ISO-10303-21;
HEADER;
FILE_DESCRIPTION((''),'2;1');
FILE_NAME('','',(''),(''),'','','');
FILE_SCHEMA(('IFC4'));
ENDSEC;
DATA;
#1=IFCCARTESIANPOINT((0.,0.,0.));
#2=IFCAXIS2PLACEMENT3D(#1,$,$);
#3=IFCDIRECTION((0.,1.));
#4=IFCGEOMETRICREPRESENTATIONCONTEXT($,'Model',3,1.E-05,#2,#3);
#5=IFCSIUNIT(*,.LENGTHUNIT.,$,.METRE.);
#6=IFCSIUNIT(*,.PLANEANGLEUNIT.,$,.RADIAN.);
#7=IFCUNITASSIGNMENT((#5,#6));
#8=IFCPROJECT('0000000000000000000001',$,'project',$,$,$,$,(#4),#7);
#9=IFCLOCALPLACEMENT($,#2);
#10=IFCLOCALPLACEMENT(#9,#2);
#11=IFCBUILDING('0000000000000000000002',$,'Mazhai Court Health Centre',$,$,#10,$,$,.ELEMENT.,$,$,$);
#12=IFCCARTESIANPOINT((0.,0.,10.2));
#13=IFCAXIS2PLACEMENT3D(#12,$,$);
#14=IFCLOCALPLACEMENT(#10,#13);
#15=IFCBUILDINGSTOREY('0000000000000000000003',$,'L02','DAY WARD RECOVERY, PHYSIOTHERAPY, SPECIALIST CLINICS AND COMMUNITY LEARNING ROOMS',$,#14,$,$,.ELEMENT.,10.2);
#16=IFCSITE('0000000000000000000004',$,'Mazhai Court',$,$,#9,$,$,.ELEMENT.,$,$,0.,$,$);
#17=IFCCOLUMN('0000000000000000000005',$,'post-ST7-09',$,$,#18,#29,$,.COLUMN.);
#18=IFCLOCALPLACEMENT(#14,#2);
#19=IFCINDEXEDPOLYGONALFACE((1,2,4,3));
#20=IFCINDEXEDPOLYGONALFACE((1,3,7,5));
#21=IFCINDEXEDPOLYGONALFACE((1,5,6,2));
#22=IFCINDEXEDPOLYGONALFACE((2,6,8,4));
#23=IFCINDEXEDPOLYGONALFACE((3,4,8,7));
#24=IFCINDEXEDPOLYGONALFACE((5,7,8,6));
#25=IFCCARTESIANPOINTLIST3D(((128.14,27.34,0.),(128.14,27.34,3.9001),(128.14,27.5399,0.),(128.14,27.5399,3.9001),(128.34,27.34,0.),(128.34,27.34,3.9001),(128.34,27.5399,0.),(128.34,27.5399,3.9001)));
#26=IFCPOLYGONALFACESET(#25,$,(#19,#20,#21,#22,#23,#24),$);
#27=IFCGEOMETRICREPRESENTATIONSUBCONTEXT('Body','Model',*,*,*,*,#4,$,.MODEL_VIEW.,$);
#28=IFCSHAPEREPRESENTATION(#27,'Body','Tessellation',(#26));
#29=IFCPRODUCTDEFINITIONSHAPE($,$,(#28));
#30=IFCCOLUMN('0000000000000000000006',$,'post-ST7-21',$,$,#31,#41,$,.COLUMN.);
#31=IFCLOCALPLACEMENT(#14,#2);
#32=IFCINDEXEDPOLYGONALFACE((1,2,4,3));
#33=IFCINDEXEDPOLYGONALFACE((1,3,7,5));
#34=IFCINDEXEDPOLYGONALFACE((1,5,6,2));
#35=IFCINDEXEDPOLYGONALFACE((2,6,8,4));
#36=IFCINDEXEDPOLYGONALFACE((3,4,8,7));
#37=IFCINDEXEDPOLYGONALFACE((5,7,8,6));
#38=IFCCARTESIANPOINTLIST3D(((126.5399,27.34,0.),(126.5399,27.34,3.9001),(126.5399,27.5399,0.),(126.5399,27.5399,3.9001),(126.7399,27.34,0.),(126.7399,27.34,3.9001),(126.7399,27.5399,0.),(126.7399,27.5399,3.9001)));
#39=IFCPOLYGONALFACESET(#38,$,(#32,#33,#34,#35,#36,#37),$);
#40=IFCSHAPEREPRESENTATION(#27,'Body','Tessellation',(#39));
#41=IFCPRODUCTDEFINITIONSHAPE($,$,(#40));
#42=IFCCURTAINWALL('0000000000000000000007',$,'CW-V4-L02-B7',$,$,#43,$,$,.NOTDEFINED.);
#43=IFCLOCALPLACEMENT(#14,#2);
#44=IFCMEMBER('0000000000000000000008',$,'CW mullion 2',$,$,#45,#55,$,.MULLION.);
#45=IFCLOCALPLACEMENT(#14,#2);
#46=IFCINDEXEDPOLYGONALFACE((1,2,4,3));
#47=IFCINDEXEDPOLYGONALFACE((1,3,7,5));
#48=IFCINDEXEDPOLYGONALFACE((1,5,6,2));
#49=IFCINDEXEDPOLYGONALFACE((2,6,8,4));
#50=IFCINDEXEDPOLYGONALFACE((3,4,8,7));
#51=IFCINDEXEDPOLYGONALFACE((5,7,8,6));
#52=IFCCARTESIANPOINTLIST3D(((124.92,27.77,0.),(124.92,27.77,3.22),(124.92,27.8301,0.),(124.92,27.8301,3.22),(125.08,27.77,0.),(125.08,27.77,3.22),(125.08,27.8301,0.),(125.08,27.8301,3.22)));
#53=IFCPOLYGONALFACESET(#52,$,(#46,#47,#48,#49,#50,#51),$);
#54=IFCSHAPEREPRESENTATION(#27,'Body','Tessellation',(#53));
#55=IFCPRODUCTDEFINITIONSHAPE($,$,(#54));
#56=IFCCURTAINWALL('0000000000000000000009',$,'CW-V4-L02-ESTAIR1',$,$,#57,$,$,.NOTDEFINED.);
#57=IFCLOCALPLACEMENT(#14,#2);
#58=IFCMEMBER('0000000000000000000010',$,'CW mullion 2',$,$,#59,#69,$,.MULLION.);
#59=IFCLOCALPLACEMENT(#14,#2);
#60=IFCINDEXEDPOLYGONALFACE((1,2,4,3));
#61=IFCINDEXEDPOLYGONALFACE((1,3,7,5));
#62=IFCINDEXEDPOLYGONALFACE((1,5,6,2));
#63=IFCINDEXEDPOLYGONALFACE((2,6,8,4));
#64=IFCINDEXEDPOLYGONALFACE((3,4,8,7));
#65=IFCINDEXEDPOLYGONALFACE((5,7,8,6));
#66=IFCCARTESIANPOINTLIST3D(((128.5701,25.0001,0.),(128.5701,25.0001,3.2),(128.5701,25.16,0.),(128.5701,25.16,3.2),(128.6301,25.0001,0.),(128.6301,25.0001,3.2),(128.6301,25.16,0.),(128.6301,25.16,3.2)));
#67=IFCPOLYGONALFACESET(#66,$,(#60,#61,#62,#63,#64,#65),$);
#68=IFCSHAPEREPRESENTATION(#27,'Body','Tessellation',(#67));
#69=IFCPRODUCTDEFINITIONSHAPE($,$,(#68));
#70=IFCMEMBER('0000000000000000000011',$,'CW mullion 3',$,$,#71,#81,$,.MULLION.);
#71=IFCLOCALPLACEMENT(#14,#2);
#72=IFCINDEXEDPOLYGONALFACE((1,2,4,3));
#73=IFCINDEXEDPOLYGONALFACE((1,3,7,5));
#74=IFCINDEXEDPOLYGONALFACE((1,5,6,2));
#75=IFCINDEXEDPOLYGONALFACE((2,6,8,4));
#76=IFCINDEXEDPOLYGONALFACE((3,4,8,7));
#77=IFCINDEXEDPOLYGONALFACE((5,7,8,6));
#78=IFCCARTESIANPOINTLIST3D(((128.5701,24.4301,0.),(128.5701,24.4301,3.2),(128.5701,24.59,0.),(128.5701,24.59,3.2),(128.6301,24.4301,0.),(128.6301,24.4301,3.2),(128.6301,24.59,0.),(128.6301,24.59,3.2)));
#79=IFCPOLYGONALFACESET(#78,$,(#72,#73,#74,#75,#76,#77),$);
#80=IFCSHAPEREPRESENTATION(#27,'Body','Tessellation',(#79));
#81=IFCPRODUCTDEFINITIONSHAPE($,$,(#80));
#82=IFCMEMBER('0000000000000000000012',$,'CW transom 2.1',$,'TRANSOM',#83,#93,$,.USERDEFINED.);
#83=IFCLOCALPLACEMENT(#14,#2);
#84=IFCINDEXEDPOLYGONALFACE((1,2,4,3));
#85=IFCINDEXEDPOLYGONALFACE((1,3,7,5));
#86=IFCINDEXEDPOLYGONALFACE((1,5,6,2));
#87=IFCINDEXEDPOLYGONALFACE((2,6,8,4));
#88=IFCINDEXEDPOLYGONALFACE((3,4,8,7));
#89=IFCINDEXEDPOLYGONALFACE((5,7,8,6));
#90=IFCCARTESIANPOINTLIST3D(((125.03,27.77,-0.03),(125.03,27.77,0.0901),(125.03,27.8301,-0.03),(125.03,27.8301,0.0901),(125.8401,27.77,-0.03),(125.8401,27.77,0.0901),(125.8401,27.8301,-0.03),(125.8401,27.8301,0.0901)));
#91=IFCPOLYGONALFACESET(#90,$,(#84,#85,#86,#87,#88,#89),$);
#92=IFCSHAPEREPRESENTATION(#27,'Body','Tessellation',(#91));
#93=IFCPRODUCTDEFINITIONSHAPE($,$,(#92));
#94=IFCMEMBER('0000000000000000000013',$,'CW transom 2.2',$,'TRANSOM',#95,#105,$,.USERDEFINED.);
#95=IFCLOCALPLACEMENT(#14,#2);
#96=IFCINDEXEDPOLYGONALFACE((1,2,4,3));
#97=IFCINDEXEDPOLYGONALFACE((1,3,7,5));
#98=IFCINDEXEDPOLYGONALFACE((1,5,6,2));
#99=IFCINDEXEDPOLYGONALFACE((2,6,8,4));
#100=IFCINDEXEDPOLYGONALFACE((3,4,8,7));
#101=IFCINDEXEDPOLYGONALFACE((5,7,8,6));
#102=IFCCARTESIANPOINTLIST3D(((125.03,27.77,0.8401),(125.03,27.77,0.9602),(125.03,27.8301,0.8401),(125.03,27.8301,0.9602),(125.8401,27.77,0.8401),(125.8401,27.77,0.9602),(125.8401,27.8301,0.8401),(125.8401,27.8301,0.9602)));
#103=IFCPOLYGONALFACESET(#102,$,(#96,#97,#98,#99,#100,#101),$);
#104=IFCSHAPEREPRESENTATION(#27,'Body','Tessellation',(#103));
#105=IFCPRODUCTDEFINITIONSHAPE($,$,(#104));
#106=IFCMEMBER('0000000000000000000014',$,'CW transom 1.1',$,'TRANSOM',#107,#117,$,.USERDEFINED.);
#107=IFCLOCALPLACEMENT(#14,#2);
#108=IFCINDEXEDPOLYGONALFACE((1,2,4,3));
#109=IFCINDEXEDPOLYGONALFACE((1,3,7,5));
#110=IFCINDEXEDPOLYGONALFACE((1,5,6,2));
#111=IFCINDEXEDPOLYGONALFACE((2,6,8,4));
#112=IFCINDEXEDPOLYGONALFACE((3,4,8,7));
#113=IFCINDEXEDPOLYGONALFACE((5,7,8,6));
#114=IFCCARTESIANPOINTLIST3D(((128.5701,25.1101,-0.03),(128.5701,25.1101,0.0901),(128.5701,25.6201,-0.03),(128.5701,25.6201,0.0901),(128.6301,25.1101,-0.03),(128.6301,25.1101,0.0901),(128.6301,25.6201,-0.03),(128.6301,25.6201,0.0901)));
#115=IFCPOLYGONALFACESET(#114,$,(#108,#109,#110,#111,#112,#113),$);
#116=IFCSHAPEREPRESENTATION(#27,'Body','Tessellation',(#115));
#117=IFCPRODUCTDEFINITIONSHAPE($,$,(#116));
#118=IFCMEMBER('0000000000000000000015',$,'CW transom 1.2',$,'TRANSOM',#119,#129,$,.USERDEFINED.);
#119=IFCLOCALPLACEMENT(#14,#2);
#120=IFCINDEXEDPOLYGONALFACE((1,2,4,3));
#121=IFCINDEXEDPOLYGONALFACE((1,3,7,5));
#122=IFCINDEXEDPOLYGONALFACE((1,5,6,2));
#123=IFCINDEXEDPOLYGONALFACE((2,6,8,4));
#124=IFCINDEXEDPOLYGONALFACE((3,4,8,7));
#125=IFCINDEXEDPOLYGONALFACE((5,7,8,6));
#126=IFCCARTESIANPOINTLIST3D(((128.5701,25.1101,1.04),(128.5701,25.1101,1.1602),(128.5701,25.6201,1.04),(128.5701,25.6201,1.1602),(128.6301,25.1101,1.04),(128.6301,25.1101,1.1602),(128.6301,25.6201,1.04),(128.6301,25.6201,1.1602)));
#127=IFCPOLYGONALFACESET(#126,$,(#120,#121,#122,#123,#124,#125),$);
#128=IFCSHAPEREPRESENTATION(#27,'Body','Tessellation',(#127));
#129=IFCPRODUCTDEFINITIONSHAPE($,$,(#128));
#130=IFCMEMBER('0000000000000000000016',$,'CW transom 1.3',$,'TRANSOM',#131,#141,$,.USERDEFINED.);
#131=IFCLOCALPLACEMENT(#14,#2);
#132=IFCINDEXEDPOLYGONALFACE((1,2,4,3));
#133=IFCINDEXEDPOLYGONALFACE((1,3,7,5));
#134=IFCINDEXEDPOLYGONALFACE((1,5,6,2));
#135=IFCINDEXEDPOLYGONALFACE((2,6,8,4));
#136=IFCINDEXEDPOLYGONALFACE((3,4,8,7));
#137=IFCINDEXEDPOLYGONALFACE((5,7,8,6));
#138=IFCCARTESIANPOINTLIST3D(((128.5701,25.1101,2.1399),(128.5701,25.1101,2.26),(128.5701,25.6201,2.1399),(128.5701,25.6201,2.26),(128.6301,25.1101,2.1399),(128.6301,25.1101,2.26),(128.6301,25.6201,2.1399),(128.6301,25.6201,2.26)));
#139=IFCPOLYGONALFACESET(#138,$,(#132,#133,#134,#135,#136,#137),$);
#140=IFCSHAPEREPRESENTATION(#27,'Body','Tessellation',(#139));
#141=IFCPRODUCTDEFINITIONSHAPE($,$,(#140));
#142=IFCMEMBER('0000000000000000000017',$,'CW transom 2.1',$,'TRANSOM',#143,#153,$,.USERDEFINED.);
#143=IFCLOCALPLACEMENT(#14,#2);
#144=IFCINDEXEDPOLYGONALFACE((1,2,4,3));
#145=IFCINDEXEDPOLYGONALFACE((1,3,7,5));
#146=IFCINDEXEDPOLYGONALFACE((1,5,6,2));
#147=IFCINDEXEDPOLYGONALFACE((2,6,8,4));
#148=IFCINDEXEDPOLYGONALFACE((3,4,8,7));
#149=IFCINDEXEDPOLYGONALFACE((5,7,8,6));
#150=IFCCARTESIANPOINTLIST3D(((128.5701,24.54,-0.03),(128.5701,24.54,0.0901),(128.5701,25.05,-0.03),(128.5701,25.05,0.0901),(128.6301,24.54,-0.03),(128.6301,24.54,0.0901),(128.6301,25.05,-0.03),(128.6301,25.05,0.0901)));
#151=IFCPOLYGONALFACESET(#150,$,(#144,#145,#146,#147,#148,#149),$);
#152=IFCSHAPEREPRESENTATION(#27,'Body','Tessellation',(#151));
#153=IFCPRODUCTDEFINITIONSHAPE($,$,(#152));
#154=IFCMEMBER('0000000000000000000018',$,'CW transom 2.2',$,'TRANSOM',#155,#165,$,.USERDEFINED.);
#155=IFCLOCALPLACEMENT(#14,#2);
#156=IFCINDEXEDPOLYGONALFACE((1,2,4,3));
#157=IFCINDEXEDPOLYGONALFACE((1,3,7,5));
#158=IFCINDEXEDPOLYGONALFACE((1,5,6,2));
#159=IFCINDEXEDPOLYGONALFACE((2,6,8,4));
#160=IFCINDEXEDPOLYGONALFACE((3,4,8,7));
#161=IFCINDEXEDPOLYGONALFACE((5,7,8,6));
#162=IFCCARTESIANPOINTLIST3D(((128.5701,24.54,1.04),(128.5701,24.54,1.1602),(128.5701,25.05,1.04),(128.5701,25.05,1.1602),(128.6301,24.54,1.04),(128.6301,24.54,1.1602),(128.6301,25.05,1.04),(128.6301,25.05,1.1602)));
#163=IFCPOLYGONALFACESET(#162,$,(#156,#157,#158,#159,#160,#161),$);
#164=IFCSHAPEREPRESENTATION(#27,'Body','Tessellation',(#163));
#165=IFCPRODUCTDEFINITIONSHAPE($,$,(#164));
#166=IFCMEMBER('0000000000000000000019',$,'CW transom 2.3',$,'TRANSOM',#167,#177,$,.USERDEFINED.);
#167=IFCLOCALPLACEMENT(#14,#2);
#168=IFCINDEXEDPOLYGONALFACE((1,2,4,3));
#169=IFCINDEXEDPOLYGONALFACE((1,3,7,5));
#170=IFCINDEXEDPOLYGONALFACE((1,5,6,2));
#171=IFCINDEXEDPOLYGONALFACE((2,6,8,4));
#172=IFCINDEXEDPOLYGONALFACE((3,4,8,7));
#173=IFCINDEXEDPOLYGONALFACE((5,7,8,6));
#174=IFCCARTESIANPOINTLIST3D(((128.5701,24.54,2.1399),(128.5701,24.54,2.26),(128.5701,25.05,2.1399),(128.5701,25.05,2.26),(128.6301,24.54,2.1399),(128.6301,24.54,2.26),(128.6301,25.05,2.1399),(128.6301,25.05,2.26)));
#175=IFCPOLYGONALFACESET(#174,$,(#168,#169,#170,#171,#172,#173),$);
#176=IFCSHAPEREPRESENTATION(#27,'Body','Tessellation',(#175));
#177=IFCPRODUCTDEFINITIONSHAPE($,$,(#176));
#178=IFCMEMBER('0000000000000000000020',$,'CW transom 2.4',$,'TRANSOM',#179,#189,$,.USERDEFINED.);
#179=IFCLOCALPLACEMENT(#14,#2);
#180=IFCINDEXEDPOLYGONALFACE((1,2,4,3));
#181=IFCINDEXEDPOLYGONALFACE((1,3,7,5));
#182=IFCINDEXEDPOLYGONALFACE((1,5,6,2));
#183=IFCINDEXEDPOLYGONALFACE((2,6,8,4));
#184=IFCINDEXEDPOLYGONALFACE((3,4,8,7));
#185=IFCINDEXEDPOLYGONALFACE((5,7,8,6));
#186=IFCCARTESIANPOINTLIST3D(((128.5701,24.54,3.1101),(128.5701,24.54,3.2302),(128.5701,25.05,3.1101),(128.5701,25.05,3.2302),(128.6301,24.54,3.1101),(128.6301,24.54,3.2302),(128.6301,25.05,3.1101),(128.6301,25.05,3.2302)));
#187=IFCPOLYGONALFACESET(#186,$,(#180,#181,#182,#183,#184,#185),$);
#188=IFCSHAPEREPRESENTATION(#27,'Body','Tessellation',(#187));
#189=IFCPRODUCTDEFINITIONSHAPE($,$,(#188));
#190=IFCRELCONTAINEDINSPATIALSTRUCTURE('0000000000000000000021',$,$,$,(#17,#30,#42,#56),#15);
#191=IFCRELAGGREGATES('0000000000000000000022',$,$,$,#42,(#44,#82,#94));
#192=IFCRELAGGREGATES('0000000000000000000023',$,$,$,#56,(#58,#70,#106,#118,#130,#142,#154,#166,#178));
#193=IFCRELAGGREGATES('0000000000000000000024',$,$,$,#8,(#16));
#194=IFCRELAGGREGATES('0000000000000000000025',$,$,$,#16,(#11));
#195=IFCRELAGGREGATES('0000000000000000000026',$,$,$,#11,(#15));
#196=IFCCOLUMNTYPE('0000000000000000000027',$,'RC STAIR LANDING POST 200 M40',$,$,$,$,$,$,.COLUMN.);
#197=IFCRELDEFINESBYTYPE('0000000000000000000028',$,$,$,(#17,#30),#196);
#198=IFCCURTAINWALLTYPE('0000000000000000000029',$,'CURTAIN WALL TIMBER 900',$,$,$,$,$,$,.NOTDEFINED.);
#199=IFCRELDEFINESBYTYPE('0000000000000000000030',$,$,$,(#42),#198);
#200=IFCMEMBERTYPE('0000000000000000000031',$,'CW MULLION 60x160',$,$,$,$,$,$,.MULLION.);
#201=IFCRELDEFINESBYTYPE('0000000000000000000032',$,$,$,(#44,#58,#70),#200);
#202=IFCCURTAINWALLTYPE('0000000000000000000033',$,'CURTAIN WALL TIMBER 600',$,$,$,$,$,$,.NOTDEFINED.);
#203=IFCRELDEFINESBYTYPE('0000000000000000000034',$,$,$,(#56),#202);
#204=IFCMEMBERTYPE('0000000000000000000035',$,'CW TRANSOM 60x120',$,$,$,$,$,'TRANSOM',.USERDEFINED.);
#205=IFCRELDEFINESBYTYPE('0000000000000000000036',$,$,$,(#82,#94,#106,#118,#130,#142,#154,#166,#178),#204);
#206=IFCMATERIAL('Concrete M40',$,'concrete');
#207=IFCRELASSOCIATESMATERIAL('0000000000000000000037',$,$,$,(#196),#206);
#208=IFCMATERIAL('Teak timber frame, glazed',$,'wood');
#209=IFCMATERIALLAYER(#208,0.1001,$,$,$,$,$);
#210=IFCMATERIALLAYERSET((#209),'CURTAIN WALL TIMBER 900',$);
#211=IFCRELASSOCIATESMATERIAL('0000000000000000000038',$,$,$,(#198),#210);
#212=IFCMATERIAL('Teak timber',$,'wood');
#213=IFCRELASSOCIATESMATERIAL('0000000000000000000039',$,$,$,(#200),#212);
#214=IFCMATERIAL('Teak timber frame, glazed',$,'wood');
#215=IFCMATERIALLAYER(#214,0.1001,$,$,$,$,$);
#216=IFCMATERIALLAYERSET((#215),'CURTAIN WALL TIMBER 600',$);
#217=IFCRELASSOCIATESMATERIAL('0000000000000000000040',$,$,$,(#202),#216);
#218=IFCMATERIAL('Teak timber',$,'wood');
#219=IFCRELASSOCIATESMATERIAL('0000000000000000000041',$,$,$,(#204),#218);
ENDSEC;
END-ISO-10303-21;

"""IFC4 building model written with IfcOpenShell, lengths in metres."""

from ifc_helpers import new_model, si_unit, direction, frame, origin, origin_2d, place, context, subcontext, project, spatial, rectangle, extrude, material, layer, layer_set, material_profile, profile_set, type_object, element, aggregate, save


model = new_model("IFC4")

# Units and contexts
model_context = context("Model", 3, precision=1e-05, world=origin(), true_north=direction((0.0, 1.0)))
body_context = subcontext(model_context, "Body", "Model", "MODEL_VIEW")
ifc_project = project(units=[si_unit("LENGTHUNIT", "METRE"), si_unit("PLANEANGLEUNIT", "RADIAN")], contexts=[model_context])

# Site, building, storey
site_placement = place(None, origin())
site = spatial("IfcSite", under=ifc_project, at=site_placement, Name="Mazhai Court", CompositionType="ELEMENT", RefElevation=0.0)
building_placement = place(site_placement, origin())
building = spatial("IfcBuilding", under=site, at=building_placement, Name="Mazhai Court Health Centre", CompositionType="ELEMENT")
storey_placement = place(building_placement, frame((0.0, 0.0, 10.2)))
storey = spatial("IfcBuildingStorey", under=building, at=storey_placement, Name="L02", Description="DAY WARD RECOVERY, PHYSIOTHERAPY, SPECIALIST CLINICS AND COMMUNITY LEARNING ROOMS", CompositionType="ELEMENT", Elevation=10.2)

# Columns
ifc_material_1 = material(Name="Concrete M40", Category="concrete")
ifc_material_profile_1 = material_profile(ifc_material_1, rectangle(XDim=0.2, YDim=0.2, at=origin_2d()), Name="RC 200x200")
ifc_profile_set_1 = profile_set([ifc_material_profile_1], Name="Concrete M40")
column_type = type_object("IfcColumnType", Name="RC STAIR LANDING POST 200 M40", PredefinedType="COLUMN", material=ifc_profile_set_1)
for number, where, z_axis, x_axis, name in (
    (1, (128.24, 27.4399, 0.0), (0.0, 0.0, 1.0), (1.0, 0.0, 0.0), "post-ST7-09"),
    (2, (126.6399, 27.4399, 0.0), (0.0, 0.0, 1.0), (1.0, 0.0, 0.0), "post-ST7-21"),
):
    element("IfcColumn", number, at=place(storey_placement, frame(where, z_axis=z_axis, x_axis=x_axis)), inside=storey, type_object=column_type, Name=name, PredefinedType="COLUMN", context=body_context, shape_type="SweptSolid", body=[
        extrude(rectangle(XDim=0.2, YDim=0.2, at=origin_2d()), origin(), (0.0, 0.0, 1.0), 3.9001),
    ])

# Curtain wall, member
ifc_material_2 = material(Name="Teak timber frame, glazed", Category="wood")
ifc_layer_1 = layer(ifc_material_2, 0.1001)
ifc_layer_set_1 = layer_set([ifc_layer_1], Name="CURTAIN WALL TIMBER 900")
curtain_wall_type_1 = type_object("IfcCurtainWallType", Name="CURTAIN WALL TIMBER 900", PredefinedType="NOTDEFINED", material=ifc_layer_set_1)
curtain_wall_1_placement = place(storey_placement, origin())
curtain_wall_1 = element("IfcCurtainWall", 3, at=curtain_wall_1_placement, inside=storey, type_object=curtain_wall_type_1, Name="CW-V4-L02-B7", PredefinedType="NOTDEFINED")
ifc_material_3 = material(Name="Teak timber", Category="wood")
ifc_material_profile_2 = material_profile(ifc_material_3, rectangle(XDim=0.0601, YDim=0.1599, at=origin_2d()), Name="CW MULLION 60x160")
ifc_profile_set_2 = profile_set([ifc_material_profile_2], Name="Teak timber")
member_type_1 = type_object("IfcMemberType", Name="CW MULLION 60x160", PredefinedType="MULLION", material=ifc_profile_set_2)
member_1_placement = place(storey_placement, frame((125.0, 27.8, 0.0), z_axis=(0.0, 0.0, 1.0), x_axis=(0.0, 1.0, 0.0)))
member_1 = element("IfcMember", 4, at=member_1_placement, type_object=member_type_1, Name="CW mullion 2", PredefinedType="MULLION", context=body_context, shape_type="SweptSolid", body=[
    extrude(rectangle(XDim=0.0601, YDim=0.1599, at=origin_2d()), origin(), (0.0, 0.0, 1.0), 3.22),
])

# Curtain wall, members
ifc_material_4 = material(Name="Teak timber frame, glazed", Category="wood")
ifc_layer_2 = layer(ifc_material_4, 0.1001)
ifc_layer_set_2 = layer_set([ifc_layer_2], Name="CURTAIN WALL TIMBER 600")
curtain_wall_type_2 = type_object("IfcCurtainWallType", Name="CURTAIN WALL TIMBER 600", PredefinedType="NOTDEFINED", material=ifc_layer_set_2)
curtain_wall_2_placement = place(storey_placement, origin())
curtain_wall_2 = element("IfcCurtainWall", 5, at=curtain_wall_2_placement, inside=storey, type_object=curtain_wall_type_2, Name="CW-V4-L02-ESTAIR1", PredefinedType="NOTDEFINED")
member_2_placement = place(storey_placement, frame((128.6001, 25.0801, 0.0), z_axis=(0.0, 0.0, 1.0), x_axis=(1.0, 0.0, 0.0)))
member_2 = element("IfcMember", 6, at=member_2_placement, type_object=member_type_1, Name="CW mullion 2", PredefinedType="MULLION", context=body_context, shape_type="SweptSolid", body=[
    extrude(rectangle(XDim=0.0601, YDim=0.1599, at=origin_2d()), origin(), (0.0, 0.0, 1.0), 3.2),
])
member_3_placement = place(storey_placement, frame((128.6001, 24.51, 0.0), z_axis=(0.0, 0.0, 1.0), x_axis=(1.0, 0.0, 0.0)))
member_3 = element("IfcMember", 7, at=member_3_placement, type_object=member_type_1, Name="CW mullion 3", PredefinedType="MULLION", context=body_context, shape_type="SweptSolid", body=[
    extrude(rectangle(XDim=0.0601, YDim=0.1599, at=origin_2d()), origin(), (0.0, 0.0, 1.0), 3.2),
])

# Members
ifc_material_5 = material(Name="Teak timber", Category="wood")
ifc_material_profile_3 = material_profile(ifc_material_5, rectangle(XDim=0.0601, YDim=0.1201, at=origin_2d()), Name="CW TRANSOM 60x120")
ifc_profile_set_3 = profile_set([ifc_material_profile_3], Name="Teak timber")
member_type_2 = type_object("IfcMemberType", Name="CW TRANSOM 60x120", ElementType="TRANSOM", PredefinedType="USERDEFINED", material=ifc_profile_set_3)
member_4_placement = place(storey_placement, frame((125.03, 27.8, 0.03), z_axis=(1.0, 0.0, 0.0), x_axis=(0.0, 1.0, 0.0)))
member_4 = element("IfcMember", 8, at=member_4_placement, type_object=member_type_2, Name="CW transom 2.1", ObjectType="TRANSOM", PredefinedType="USERDEFINED", context=body_context, shape_type="SweptSolid", body=[
    extrude(rectangle(XDim=0.0601, YDim=0.1201, at=origin_2d()), origin(), (0.0, 0.0, 1.0), 0.8101),
])
member_5_placement = place(storey_placement, frame((125.03, 27.8, 0.9001), z_axis=(1.0, 0.0, 0.0), x_axis=(0.0, 1.0, 0.0)))
member_5 = element("IfcMember", 9, at=member_5_placement, type_object=member_type_2, Name="CW transom 2.2", ObjectType="TRANSOM", PredefinedType="USERDEFINED", context=body_context, shape_type="SweptSolid", body=[
    extrude(rectangle(XDim=0.0601, YDim=0.1201, at=origin_2d()), origin(), (0.0, 0.0, 1.0), 0.8101),
])
aggregate(curtain_wall_1, [member_1, member_4, member_5])
member_6_placement = place(storey_placement, frame((128.6001, 25.6201, 0.03), z_axis=(0.0, -1.0, 0.0), x_axis=(1.0, 0.0, 0.0)))
member_6 = element("IfcMember", 10, at=member_6_placement, type_object=member_type_2, Name="CW transom 1.1", ObjectType="TRANSOM", PredefinedType="USERDEFINED", context=body_context, shape_type="SweptSolid", body=[
    extrude(rectangle(XDim=0.0601, YDim=0.1201, at=origin_2d()), origin(), (0.0, 0.0, 1.0), 0.51),
])
member_7_placement = place(storey_placement, frame((128.6001, 25.6201, 1.1001), z_axis=(0.0, -1.0, 0.0), x_axis=(1.0, 0.0, 0.0)))
member_7 = element("IfcMember", 11, at=member_7_placement, type_object=member_type_2, Name="CW transom 1.2", ObjectType="TRANSOM", PredefinedType="USERDEFINED", context=body_context, shape_type="SweptSolid", body=[
    extrude(rectangle(XDim=0.0601, YDim=0.1201, at=origin_2d()), origin(), (0.0, 0.0, 1.0), 0.51),
])
member_8_placement = place(storey_placement, frame((128.6001, 25.6201, 2.2), z_axis=(0.0, -1.0, 0.0), x_axis=(1.0, 0.0, 0.0)))
member_8 = element("IfcMember", 12, at=member_8_placement, type_object=member_type_2, Name="CW transom 1.3", ObjectType="TRANSOM", PredefinedType="USERDEFINED", context=body_context, shape_type="SweptSolid", body=[
    extrude(rectangle(XDim=0.0601, YDim=0.1201, at=origin_2d()), origin(), (0.0, 0.0, 1.0), 0.51),
])
member_9_placement = place(storey_placement, frame((128.6001, 25.05, 0.03), z_axis=(0.0, -1.0, 0.0), x_axis=(1.0, 0.0, 0.0)))
member_9 = element("IfcMember", 13, at=member_9_placement, type_object=member_type_2, Name="CW transom 2.1", ObjectType="TRANSOM", PredefinedType="USERDEFINED", context=body_context, shape_type="SweptSolid", body=[
    extrude(rectangle(XDim=0.0601, YDim=0.1201, at=origin_2d()), origin(), (0.0, 0.0, 1.0), 0.51),
])
member_10_placement = place(storey_placement, frame((128.6001, 25.05, 1.1001), z_axis=(0.0, -1.0, 0.0), x_axis=(1.0, 0.0, 0.0)))
member_10 = element("IfcMember", 14, at=member_10_placement, type_object=member_type_2, Name="CW transom 2.2", ObjectType="TRANSOM", PredefinedType="USERDEFINED", context=body_context, shape_type="SweptSolid", body=[
    extrude(rectangle(XDim=0.0601, YDim=0.1201, at=origin_2d()), origin(), (0.0, 0.0, 1.0), 0.51),
])
member_11_placement = place(storey_placement, frame((128.6001, 25.05, 2.2), z_axis=(0.0, -1.0, 0.0), x_axis=(1.0, 0.0, 0.0)))
member_11 = element("IfcMember", 15, at=member_11_placement, type_object=member_type_2, Name="CW transom 2.3", ObjectType="TRANSOM", PredefinedType="USERDEFINED", context=body_context, shape_type="SweptSolid", body=[
    extrude(rectangle(XDim=0.0601, YDim=0.1201, at=origin_2d()), origin(), (0.0, 0.0, 1.0), 0.51),
])
member_12_placement = place(storey_placement, frame((128.6001, 25.05, 3.1702), z_axis=(0.0, -1.0, 0.0), x_axis=(1.0, 0.0, 0.0)))
member_12 = element("IfcMember", 16, at=member_12_placement, type_object=member_type_2, Name="CW transom 2.4", ObjectType="TRANSOM", PredefinedType="USERDEFINED", context=body_context, shape_type="SweptSolid", body=[
    extrude(rectangle(XDim=0.0601, YDim=0.1201, at=origin_2d()), origin(), (0.0, 0.0, 1.0), 0.51),
])

aggregate(curtain_wall_2, [member_2, member_3, member_6, member_7, member_8, member_9, member_10, member_11, member_12])

save(model, "model.ifc")
